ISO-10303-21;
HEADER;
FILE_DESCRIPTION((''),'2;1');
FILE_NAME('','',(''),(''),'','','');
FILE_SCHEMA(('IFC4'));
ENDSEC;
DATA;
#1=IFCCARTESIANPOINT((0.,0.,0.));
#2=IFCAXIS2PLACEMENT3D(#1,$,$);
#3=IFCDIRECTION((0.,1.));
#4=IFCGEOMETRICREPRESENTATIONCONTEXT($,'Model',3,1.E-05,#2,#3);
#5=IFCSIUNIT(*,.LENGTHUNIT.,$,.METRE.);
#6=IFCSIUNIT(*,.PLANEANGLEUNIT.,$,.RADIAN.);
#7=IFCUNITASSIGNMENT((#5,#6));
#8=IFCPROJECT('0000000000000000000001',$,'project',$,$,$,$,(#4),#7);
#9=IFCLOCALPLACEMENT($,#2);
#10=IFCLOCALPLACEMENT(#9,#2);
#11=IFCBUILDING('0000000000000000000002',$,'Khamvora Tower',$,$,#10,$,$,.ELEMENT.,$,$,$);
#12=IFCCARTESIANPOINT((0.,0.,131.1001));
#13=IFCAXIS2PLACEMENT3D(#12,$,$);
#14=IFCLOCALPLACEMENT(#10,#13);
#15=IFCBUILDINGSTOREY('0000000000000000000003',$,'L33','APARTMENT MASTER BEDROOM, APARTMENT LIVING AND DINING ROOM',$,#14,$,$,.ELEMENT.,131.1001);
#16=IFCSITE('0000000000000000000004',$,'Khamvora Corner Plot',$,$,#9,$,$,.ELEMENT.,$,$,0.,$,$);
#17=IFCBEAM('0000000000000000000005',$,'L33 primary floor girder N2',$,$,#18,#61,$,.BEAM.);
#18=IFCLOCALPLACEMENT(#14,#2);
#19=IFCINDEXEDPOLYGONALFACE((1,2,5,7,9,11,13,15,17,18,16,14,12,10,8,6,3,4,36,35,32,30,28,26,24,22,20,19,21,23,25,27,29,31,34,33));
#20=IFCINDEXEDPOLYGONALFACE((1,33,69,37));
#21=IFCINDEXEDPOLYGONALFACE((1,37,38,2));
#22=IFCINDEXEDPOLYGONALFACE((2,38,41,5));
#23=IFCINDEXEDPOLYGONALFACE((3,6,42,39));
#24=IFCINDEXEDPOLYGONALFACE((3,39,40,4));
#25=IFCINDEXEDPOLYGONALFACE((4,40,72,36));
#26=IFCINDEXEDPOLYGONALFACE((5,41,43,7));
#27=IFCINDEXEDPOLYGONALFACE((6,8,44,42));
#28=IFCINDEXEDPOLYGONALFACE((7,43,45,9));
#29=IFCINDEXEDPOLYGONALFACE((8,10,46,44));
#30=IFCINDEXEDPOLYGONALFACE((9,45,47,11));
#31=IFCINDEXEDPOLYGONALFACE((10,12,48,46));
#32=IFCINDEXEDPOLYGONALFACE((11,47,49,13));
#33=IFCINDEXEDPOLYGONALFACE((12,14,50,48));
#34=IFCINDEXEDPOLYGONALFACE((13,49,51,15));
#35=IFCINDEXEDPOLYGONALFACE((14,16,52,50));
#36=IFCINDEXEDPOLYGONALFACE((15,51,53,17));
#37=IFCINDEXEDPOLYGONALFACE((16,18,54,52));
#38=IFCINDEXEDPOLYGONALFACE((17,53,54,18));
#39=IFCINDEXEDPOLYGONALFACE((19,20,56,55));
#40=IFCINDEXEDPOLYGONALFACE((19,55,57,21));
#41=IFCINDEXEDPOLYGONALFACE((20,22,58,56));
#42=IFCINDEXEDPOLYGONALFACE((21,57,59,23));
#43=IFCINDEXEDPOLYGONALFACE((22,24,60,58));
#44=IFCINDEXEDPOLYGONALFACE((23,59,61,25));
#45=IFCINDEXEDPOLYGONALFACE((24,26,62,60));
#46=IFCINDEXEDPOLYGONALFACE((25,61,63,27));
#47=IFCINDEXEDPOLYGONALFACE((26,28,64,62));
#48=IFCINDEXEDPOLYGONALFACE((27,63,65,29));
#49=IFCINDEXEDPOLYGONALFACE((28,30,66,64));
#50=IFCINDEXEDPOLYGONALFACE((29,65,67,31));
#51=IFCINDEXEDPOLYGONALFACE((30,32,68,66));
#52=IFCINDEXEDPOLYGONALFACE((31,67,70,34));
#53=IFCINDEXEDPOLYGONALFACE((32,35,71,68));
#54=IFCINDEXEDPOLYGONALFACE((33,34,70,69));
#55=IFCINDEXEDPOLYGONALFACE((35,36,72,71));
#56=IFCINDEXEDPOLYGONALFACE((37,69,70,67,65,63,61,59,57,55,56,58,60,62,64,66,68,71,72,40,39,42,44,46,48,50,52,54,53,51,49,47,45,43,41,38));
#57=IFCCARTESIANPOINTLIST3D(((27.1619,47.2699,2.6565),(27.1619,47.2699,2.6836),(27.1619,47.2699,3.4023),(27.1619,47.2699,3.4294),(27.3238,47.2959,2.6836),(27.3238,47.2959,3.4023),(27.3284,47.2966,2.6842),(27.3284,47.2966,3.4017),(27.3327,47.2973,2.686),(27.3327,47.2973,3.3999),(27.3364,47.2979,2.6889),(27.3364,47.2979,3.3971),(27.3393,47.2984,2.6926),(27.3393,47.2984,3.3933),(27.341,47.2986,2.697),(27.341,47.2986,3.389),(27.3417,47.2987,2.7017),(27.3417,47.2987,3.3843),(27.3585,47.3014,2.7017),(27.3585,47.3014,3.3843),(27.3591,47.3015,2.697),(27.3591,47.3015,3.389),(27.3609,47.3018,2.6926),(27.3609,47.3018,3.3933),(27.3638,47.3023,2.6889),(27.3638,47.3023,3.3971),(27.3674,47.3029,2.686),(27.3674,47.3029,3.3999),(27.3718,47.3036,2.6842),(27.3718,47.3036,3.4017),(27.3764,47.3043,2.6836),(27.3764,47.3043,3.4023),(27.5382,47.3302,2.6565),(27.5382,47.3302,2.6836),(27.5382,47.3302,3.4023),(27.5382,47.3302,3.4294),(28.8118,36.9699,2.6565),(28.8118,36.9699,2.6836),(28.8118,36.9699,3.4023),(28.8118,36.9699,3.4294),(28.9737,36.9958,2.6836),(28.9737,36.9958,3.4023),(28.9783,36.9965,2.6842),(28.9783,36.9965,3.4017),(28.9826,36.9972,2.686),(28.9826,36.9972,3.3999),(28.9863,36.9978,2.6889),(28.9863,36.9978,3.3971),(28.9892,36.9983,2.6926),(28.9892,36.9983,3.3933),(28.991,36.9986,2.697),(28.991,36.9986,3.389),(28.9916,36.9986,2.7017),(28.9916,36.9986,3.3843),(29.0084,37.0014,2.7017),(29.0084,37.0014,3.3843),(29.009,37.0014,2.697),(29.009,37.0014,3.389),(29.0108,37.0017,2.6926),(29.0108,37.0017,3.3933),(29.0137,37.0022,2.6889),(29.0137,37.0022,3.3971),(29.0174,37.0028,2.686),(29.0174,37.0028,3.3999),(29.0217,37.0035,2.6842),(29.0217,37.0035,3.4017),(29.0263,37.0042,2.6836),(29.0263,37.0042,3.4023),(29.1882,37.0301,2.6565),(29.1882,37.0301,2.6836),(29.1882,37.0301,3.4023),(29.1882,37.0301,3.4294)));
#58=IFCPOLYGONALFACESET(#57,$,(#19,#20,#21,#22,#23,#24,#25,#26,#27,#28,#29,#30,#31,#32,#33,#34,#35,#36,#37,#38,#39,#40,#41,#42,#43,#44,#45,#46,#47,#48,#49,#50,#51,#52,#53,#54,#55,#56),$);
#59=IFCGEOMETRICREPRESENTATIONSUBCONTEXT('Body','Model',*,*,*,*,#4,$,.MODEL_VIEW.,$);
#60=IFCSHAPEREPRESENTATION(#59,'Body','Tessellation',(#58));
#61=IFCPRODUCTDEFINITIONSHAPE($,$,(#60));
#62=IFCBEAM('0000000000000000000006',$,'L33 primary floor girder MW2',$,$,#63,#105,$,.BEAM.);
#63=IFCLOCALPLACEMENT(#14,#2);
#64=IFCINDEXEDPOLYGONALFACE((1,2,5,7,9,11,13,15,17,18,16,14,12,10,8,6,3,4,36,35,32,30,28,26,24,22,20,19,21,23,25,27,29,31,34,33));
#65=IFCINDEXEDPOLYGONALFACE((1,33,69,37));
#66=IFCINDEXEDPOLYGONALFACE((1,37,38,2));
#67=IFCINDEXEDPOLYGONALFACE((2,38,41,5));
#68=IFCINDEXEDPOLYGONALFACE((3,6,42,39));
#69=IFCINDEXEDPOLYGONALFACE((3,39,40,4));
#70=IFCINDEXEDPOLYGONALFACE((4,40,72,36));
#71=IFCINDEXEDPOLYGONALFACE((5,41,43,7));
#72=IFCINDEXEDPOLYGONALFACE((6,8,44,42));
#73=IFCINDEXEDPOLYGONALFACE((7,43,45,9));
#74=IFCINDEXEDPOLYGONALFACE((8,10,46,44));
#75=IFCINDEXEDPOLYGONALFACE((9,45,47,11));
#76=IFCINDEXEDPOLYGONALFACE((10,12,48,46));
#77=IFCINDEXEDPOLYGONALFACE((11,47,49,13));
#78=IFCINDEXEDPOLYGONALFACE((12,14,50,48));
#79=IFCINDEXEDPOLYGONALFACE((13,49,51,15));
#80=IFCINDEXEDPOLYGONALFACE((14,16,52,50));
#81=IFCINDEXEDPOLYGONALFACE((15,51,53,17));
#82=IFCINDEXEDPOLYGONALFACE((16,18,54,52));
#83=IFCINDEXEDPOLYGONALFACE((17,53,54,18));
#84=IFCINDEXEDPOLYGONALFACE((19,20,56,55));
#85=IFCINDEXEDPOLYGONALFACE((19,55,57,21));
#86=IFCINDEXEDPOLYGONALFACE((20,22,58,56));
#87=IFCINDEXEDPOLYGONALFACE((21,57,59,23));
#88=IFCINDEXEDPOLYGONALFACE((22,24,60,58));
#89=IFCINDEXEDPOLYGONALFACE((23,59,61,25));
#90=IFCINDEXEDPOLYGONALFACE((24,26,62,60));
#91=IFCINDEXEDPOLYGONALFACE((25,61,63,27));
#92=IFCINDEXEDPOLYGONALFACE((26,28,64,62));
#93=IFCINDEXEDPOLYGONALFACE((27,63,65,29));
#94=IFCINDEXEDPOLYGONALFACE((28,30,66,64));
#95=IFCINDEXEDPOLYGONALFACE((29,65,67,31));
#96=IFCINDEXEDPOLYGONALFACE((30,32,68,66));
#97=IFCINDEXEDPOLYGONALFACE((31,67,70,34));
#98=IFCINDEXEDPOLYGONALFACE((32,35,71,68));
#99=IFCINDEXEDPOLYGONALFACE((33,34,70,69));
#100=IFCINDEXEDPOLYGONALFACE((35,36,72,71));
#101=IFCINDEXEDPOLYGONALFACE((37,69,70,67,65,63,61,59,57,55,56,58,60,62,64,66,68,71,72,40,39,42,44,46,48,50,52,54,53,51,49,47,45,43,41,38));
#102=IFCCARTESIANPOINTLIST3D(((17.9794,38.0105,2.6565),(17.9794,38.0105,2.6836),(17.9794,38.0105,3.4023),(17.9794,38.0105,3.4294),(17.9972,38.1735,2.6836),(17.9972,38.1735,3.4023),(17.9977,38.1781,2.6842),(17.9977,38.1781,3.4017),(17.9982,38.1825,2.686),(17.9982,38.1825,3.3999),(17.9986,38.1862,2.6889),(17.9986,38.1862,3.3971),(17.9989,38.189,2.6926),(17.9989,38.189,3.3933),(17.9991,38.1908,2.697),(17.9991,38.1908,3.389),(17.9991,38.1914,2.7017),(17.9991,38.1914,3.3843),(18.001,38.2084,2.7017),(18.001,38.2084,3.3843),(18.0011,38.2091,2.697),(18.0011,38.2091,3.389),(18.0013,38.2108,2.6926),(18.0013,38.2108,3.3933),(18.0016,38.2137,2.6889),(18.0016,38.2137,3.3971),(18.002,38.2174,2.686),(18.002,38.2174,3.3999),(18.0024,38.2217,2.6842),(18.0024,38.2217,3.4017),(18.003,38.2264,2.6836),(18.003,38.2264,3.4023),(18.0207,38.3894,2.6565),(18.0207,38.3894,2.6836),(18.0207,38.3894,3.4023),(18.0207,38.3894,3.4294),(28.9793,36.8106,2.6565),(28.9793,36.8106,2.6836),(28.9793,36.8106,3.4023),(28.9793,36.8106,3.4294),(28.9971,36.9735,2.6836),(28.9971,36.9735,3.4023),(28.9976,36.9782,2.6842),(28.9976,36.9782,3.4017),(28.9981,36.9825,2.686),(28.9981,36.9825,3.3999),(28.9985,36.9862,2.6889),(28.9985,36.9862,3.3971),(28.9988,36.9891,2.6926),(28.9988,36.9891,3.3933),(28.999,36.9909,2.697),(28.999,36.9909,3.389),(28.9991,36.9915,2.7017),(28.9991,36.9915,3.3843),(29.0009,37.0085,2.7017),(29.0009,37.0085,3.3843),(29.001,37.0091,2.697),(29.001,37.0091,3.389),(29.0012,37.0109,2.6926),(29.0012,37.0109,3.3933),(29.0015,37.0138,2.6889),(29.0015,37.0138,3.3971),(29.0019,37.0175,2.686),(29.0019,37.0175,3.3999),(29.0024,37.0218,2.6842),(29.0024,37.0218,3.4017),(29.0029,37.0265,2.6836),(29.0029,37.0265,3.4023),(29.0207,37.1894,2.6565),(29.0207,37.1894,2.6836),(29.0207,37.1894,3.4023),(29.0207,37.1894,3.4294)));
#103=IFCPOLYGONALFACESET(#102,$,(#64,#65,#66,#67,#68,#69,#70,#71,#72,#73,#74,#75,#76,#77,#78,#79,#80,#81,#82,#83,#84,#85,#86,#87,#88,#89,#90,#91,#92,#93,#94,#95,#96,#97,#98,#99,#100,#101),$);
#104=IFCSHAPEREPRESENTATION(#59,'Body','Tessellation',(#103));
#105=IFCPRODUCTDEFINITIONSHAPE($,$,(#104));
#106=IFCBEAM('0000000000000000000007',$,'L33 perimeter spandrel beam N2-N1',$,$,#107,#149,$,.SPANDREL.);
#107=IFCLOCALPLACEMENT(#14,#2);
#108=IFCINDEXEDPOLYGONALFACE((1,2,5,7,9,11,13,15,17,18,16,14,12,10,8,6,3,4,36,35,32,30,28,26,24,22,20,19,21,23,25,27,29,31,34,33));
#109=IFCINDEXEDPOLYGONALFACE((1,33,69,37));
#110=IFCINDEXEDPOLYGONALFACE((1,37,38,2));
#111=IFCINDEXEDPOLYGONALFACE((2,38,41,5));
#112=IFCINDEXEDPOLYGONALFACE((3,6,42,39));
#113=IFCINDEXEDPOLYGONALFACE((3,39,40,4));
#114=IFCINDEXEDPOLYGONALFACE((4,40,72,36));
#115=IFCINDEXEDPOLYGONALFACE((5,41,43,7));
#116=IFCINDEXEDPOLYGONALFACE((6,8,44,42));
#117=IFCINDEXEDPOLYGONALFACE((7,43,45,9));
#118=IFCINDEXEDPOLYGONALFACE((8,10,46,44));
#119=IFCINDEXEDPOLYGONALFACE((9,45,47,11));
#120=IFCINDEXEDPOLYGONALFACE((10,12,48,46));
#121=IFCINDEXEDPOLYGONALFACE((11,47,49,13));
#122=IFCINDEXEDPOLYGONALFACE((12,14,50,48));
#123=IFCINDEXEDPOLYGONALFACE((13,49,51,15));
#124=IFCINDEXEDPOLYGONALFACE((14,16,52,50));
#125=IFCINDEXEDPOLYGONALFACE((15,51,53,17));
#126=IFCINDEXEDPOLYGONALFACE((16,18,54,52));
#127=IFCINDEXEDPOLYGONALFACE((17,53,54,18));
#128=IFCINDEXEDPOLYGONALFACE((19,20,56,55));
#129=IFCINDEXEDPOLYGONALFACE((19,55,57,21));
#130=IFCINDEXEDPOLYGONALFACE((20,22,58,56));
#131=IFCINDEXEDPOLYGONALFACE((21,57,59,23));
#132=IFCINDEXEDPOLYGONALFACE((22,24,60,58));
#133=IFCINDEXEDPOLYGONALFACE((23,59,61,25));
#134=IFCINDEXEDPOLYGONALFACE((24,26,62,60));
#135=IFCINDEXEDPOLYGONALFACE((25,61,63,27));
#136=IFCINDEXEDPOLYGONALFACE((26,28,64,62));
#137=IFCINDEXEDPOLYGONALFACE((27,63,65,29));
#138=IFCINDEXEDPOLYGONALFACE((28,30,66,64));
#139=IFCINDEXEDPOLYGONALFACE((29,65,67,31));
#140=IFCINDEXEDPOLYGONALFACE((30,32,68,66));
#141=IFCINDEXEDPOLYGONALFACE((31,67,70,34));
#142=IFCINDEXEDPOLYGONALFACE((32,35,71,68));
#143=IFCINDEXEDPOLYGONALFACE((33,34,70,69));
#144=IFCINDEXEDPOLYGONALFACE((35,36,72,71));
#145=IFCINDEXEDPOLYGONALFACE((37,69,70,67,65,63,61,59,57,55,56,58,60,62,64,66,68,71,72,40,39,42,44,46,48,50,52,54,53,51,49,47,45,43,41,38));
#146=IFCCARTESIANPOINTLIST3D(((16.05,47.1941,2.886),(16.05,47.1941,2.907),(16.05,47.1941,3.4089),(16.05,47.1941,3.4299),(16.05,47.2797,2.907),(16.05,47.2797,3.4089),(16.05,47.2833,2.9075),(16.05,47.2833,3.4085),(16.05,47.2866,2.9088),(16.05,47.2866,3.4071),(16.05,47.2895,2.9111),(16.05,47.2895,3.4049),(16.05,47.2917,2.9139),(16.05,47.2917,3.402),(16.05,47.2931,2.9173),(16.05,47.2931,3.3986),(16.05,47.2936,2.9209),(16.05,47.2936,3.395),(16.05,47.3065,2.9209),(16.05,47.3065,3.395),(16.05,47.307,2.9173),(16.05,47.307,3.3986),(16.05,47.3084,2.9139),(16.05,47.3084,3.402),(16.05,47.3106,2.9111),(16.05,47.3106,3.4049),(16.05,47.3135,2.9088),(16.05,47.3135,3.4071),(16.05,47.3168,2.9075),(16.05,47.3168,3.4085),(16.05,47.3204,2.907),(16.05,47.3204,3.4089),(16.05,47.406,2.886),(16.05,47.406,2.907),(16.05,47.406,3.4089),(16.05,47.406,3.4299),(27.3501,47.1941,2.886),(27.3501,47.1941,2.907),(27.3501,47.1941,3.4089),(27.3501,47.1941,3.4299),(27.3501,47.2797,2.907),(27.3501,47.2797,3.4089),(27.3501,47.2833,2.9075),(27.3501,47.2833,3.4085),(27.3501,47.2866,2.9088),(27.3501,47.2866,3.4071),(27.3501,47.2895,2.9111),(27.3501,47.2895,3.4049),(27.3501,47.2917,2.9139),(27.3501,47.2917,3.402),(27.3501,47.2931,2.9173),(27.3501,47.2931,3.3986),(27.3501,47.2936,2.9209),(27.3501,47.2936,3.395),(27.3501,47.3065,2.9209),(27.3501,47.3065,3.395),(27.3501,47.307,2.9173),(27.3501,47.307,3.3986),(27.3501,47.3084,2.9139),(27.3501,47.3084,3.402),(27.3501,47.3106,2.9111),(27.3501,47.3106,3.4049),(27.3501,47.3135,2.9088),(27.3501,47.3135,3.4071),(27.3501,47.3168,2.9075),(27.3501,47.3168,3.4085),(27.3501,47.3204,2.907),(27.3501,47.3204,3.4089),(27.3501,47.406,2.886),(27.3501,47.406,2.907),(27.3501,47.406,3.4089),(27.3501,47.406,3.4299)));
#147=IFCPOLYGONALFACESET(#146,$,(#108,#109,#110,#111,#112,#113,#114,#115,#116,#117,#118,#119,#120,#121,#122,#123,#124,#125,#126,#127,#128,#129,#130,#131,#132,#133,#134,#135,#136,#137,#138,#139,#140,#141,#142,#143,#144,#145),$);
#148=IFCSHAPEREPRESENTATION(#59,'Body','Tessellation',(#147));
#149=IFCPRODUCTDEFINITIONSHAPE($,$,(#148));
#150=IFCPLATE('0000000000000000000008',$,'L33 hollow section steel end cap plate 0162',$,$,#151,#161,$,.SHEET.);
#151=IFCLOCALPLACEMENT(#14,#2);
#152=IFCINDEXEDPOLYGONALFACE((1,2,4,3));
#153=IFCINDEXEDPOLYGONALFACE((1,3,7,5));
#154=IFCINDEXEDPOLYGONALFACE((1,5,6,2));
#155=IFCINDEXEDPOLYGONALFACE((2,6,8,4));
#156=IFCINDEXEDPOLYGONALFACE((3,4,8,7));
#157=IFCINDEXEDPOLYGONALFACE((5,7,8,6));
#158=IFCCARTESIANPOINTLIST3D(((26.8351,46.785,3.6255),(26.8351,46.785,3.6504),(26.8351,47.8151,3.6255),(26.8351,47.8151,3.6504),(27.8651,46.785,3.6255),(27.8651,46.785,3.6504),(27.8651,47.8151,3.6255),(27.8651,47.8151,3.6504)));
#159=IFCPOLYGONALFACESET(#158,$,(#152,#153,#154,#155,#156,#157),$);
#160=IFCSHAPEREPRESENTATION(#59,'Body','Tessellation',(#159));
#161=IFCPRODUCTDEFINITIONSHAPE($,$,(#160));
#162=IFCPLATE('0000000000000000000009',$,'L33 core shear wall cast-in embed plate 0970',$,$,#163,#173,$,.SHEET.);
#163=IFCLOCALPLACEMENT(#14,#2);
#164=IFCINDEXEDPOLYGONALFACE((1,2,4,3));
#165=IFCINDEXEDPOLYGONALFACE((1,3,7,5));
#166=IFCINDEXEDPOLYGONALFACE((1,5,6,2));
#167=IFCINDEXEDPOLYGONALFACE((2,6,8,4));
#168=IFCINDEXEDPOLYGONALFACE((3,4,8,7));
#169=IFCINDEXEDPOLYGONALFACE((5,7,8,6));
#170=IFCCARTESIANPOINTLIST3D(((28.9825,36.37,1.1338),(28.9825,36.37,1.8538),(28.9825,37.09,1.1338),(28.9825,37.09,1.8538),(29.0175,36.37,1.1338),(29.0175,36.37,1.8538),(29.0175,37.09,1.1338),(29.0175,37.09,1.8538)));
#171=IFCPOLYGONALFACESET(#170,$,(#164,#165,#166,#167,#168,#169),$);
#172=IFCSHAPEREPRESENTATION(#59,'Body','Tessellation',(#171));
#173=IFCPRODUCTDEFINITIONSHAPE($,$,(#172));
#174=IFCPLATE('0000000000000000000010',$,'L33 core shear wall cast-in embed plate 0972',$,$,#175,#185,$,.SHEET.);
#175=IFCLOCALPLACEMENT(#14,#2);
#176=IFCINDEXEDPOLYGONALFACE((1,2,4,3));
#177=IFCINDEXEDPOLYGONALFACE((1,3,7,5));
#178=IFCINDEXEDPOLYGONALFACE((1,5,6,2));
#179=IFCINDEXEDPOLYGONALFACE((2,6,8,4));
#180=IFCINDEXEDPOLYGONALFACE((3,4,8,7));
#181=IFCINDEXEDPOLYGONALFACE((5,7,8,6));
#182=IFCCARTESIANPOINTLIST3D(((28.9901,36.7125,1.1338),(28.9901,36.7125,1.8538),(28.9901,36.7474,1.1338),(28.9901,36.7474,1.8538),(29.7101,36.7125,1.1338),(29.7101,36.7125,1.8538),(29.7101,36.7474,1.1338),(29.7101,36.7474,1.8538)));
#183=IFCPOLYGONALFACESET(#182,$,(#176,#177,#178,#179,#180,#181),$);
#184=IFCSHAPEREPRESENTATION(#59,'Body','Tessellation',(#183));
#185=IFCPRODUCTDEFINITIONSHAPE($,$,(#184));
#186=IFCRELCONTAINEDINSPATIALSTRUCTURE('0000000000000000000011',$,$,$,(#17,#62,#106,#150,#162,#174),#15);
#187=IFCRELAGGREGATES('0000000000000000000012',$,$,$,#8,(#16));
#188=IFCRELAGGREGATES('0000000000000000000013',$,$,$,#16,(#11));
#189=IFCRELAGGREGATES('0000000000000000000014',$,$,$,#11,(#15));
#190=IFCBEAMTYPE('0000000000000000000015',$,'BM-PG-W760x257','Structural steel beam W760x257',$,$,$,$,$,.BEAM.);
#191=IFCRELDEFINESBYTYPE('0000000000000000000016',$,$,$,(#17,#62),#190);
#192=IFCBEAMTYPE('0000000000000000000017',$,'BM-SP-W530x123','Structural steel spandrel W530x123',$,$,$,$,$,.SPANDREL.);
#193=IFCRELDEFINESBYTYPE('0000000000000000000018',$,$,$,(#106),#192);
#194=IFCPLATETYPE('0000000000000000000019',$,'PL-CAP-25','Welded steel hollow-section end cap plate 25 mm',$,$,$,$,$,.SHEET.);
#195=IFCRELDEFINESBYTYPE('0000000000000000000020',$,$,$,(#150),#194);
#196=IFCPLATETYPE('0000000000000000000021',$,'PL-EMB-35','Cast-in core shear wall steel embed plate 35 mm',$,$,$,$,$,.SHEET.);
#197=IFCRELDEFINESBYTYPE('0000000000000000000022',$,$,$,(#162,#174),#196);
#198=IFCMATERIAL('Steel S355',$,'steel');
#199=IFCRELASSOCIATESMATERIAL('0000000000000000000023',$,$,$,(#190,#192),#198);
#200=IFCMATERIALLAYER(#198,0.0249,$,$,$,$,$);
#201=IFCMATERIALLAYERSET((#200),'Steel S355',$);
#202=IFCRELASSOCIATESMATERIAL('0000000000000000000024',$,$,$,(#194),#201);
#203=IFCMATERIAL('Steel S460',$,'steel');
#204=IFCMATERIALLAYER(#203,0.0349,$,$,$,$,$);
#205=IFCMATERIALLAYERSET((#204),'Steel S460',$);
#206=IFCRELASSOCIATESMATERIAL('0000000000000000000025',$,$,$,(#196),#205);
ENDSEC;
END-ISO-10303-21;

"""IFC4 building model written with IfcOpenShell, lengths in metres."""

from ifc_helpers import new_model, si_unit, direction, frame, origin, origin_2d, place, context, subcontext, project, spatial, rectangle, i_section, extrude, material, layer, layer_set, material_profile, profile_set, type_object, element, save


model = new_model("IFC4")

# Units and contexts
model_context = context("Model", 3, precision=1e-05, world=origin(), true_north=direction((0.0, 1.0)))
body_context = subcontext(model_context, "Body", "Model", "MODEL_VIEW")
ifc_project = project(units=[si_unit("LENGTHUNIT", "METRE"), si_unit("PLANEANGLEUNIT", "RADIAN")], contexts=[model_context])

# Site, building, storey
site_placement = place(None, origin())
site = spatial("IfcSite", under=ifc_project, at=site_placement, Name="Khamvora Corner Plot", CompositionType="ELEMENT", RefElevation=0.0)
building_placement = place(site_placement, origin())
building = spatial("IfcBuilding", under=site, at=building_placement, Name="Khamvora Tower", CompositionType="ELEMENT")
storey_placement = place(building_placement, frame((0.0, 0.0, 131.1001)))
storey = spatial("IfcBuildingStorey", under=building, at=storey_placement, Name="L33", Description="APARTMENT MASTER BEDROOM, APARTMENT LIVING AND DINING ROOM", CompositionType="ELEMENT", Elevation=131.1001)

# Shared definitions
ifc_material_1 = material(Name="Steel S355", Category="steel")
ifc_material_2 = material(Name="Steel S460", Category="steel")

# Beams
ifc_material_profile_1 = material_profile(ifc_material_1, i_section(OverallWidth=0.3811, OverallDepth=0.7729, WebThickness=0.0171, FlangeThickness=0.0271, FilletRadius=0.0181, at=origin_2d()), Name="W760x257")
ifc_profile_set_1 = profile_set([ifc_material_profile_1], Name="Steel S355")
beam_type_1 = type_object("IfcBeamType", Name="BM-PG-W760x257", Description="Structural steel beam W760x257", PredefinedType="BEAM", material=ifc_profile_set_1)
beam_1_placement = place(storey_placement, frame((29.0, 37.0, 3.043), z_axis=(-0.158168, 0.987412, 0.0), x_axis=(-0.987412, -0.158168, 0.0)))
element("IfcBeam", 1, at=beam_1_placement, inside=storey, type_object=beam_type_1, Name="L33 primary floor girder N2", PredefinedType="BEAM", context=body_context, shape_type="SweptSolid", body=[
    extrude(i_section(OverallWidth=0.3811, OverallDepth=0.7729, WebThickness=0.0171, FlangeThickness=0.0271, FilletRadius=0.0181, at=origin_2d()), origin(), (0.0, 0.0, 1.0), 10.4314),
])
beam_2_placement = place(storey_placement, frame((29.0, 37.0, 3.043), z_axis=(-0.994103, 0.108443, 0.0), x_axis=(-0.108443, -0.994103, 0.0)))
element("IfcBeam", 2, at=beam_2_placement, inside=storey, type_object=beam_type_1, Name="L33 primary floor girder MW2", PredefinedType="BEAM", context=body_context, shape_type="SweptSolid", body=[
    extrude(i_section(OverallWidth=0.3811, OverallDepth=0.7729, WebThickness=0.0171, FlangeThickness=0.0271, FilletRadius=0.0181, at=origin_2d()), origin(), (0.0, 0.0, 1.0), 11.0652),
])
ifc_material_profile_2 = material_profile(ifc_material_1, i_section(OverallWidth=0.2119, OverallDepth=0.5439, WebThickness=0.0129, FlangeThickness=0.021, FilletRadius=0.0139, at=origin_2d()), Name="W530x123")
ifc_profile_set_2 = profile_set([ifc_material_profile_2], Name="Steel S355")
beam_type_2 = type_object("IfcBeamType", Name="BM-SP-W530x123", Description="Structural steel spandrel W530x123", PredefinedType="SPANDREL", material=ifc_profile_set_2)
beam_3_placement = place(storey_placement, frame((27.3501, 47.3, 3.158), z_axis=(-1.0, 0.0, 0.0), x_axis=(0.0, -1.0, 0.0)))
element("IfcBeam", 3, at=beam_3_placement, inside=storey, type_object=beam_type_2, Name="L33 perimeter spandrel beam N2-N1", PredefinedType="SPANDREL", context=body_context, shape_type="SweptSolid", body=[
    extrude(i_section(OverallWidth=0.2119, OverallDepth=0.5439, WebThickness=0.0129, FlangeThickness=0.021, FilletRadius=0.0139, at=origin_2d()), origin(), (0.0, 0.0, 1.0), 11.3),
])

# Plates
ifc_layer_1 = layer(ifc_material_1, 0.0249)
ifc_layer_set_1 = layer_set([ifc_layer_1], Name="Steel S355")
plate_type_1 = type_object("IfcPlateType", Name="PL-CAP-25", Description="Welded steel hollow-section end cap plate 25 mm", PredefinedType="SHEET", material=ifc_layer_set_1)
plate_1_placement = place(storey_placement, frame((27.3501, 47.3, 3.6255), z_axis=(0.0, 0.0, 1.0), x_axis=(1.0, 0.0, 0.0)))
element("IfcPlate", 4, at=plate_1_placement, inside=storey, type_object=plate_type_1, Name="L33 hollow section steel end cap plate 0162", PredefinedType="SHEET", context=body_context, shape_type="SweptSolid", body=[
    extrude(rectangle(XDim=1.03, YDim=1.03, at=origin_2d()), origin(), (0.0, 0.0, 1.0), 0.0249),
])
ifc_layer_2 = layer(ifc_material_2, 0.0349)
ifc_layer_set_2 = layer_set([ifc_layer_2], Name="Steel S460")
plate_type_2 = type_object("IfcPlateType", Name="PL-EMB-35", Description="Cast-in core shear wall steel embed plate 35 mm", PredefinedType="SHEET", material=ifc_layer_set_2)
plate_2_placement = place(storey_placement, frame((29.0, 36.73, 1.1338), z_axis=(0.0, 0.0, 1.0), x_axis=(1.0, 0.0, 0.0)))
element("IfcPlate", 5, at=plate_2_placement, inside=storey, type_object=plate_type_2, Name="L33 core shear wall cast-in embed plate 0970", PredefinedType="SHEET", context=body_context, shape_type="SweptSolid", body=[
    extrude(rectangle(XDim=0.0349, YDim=0.72, at=origin_2d()), origin(), (0.0, 0.0, 1.0), 0.72),
])
plate_3_placement = place(storey_placement, frame((29.3501, 36.73, 1.1338), z_axis=(0.0, 0.0, 1.0), x_axis=(1.0, 0.0, 0.0)))
element("IfcPlate", 6, at=plate_3_placement, inside=storey, type_object=plate_type_2, Name="L33 core shear wall cast-in embed plate 0972", PredefinedType="SHEET", context=body_context, shape_type="SweptSolid", body=[
    extrude(rectangle(XDim=0.72, YDim=0.0349, at=origin_2d()), origin(), (0.0, 0.0, 1.0), 0.72),
])

save(model, "model.ifc")
